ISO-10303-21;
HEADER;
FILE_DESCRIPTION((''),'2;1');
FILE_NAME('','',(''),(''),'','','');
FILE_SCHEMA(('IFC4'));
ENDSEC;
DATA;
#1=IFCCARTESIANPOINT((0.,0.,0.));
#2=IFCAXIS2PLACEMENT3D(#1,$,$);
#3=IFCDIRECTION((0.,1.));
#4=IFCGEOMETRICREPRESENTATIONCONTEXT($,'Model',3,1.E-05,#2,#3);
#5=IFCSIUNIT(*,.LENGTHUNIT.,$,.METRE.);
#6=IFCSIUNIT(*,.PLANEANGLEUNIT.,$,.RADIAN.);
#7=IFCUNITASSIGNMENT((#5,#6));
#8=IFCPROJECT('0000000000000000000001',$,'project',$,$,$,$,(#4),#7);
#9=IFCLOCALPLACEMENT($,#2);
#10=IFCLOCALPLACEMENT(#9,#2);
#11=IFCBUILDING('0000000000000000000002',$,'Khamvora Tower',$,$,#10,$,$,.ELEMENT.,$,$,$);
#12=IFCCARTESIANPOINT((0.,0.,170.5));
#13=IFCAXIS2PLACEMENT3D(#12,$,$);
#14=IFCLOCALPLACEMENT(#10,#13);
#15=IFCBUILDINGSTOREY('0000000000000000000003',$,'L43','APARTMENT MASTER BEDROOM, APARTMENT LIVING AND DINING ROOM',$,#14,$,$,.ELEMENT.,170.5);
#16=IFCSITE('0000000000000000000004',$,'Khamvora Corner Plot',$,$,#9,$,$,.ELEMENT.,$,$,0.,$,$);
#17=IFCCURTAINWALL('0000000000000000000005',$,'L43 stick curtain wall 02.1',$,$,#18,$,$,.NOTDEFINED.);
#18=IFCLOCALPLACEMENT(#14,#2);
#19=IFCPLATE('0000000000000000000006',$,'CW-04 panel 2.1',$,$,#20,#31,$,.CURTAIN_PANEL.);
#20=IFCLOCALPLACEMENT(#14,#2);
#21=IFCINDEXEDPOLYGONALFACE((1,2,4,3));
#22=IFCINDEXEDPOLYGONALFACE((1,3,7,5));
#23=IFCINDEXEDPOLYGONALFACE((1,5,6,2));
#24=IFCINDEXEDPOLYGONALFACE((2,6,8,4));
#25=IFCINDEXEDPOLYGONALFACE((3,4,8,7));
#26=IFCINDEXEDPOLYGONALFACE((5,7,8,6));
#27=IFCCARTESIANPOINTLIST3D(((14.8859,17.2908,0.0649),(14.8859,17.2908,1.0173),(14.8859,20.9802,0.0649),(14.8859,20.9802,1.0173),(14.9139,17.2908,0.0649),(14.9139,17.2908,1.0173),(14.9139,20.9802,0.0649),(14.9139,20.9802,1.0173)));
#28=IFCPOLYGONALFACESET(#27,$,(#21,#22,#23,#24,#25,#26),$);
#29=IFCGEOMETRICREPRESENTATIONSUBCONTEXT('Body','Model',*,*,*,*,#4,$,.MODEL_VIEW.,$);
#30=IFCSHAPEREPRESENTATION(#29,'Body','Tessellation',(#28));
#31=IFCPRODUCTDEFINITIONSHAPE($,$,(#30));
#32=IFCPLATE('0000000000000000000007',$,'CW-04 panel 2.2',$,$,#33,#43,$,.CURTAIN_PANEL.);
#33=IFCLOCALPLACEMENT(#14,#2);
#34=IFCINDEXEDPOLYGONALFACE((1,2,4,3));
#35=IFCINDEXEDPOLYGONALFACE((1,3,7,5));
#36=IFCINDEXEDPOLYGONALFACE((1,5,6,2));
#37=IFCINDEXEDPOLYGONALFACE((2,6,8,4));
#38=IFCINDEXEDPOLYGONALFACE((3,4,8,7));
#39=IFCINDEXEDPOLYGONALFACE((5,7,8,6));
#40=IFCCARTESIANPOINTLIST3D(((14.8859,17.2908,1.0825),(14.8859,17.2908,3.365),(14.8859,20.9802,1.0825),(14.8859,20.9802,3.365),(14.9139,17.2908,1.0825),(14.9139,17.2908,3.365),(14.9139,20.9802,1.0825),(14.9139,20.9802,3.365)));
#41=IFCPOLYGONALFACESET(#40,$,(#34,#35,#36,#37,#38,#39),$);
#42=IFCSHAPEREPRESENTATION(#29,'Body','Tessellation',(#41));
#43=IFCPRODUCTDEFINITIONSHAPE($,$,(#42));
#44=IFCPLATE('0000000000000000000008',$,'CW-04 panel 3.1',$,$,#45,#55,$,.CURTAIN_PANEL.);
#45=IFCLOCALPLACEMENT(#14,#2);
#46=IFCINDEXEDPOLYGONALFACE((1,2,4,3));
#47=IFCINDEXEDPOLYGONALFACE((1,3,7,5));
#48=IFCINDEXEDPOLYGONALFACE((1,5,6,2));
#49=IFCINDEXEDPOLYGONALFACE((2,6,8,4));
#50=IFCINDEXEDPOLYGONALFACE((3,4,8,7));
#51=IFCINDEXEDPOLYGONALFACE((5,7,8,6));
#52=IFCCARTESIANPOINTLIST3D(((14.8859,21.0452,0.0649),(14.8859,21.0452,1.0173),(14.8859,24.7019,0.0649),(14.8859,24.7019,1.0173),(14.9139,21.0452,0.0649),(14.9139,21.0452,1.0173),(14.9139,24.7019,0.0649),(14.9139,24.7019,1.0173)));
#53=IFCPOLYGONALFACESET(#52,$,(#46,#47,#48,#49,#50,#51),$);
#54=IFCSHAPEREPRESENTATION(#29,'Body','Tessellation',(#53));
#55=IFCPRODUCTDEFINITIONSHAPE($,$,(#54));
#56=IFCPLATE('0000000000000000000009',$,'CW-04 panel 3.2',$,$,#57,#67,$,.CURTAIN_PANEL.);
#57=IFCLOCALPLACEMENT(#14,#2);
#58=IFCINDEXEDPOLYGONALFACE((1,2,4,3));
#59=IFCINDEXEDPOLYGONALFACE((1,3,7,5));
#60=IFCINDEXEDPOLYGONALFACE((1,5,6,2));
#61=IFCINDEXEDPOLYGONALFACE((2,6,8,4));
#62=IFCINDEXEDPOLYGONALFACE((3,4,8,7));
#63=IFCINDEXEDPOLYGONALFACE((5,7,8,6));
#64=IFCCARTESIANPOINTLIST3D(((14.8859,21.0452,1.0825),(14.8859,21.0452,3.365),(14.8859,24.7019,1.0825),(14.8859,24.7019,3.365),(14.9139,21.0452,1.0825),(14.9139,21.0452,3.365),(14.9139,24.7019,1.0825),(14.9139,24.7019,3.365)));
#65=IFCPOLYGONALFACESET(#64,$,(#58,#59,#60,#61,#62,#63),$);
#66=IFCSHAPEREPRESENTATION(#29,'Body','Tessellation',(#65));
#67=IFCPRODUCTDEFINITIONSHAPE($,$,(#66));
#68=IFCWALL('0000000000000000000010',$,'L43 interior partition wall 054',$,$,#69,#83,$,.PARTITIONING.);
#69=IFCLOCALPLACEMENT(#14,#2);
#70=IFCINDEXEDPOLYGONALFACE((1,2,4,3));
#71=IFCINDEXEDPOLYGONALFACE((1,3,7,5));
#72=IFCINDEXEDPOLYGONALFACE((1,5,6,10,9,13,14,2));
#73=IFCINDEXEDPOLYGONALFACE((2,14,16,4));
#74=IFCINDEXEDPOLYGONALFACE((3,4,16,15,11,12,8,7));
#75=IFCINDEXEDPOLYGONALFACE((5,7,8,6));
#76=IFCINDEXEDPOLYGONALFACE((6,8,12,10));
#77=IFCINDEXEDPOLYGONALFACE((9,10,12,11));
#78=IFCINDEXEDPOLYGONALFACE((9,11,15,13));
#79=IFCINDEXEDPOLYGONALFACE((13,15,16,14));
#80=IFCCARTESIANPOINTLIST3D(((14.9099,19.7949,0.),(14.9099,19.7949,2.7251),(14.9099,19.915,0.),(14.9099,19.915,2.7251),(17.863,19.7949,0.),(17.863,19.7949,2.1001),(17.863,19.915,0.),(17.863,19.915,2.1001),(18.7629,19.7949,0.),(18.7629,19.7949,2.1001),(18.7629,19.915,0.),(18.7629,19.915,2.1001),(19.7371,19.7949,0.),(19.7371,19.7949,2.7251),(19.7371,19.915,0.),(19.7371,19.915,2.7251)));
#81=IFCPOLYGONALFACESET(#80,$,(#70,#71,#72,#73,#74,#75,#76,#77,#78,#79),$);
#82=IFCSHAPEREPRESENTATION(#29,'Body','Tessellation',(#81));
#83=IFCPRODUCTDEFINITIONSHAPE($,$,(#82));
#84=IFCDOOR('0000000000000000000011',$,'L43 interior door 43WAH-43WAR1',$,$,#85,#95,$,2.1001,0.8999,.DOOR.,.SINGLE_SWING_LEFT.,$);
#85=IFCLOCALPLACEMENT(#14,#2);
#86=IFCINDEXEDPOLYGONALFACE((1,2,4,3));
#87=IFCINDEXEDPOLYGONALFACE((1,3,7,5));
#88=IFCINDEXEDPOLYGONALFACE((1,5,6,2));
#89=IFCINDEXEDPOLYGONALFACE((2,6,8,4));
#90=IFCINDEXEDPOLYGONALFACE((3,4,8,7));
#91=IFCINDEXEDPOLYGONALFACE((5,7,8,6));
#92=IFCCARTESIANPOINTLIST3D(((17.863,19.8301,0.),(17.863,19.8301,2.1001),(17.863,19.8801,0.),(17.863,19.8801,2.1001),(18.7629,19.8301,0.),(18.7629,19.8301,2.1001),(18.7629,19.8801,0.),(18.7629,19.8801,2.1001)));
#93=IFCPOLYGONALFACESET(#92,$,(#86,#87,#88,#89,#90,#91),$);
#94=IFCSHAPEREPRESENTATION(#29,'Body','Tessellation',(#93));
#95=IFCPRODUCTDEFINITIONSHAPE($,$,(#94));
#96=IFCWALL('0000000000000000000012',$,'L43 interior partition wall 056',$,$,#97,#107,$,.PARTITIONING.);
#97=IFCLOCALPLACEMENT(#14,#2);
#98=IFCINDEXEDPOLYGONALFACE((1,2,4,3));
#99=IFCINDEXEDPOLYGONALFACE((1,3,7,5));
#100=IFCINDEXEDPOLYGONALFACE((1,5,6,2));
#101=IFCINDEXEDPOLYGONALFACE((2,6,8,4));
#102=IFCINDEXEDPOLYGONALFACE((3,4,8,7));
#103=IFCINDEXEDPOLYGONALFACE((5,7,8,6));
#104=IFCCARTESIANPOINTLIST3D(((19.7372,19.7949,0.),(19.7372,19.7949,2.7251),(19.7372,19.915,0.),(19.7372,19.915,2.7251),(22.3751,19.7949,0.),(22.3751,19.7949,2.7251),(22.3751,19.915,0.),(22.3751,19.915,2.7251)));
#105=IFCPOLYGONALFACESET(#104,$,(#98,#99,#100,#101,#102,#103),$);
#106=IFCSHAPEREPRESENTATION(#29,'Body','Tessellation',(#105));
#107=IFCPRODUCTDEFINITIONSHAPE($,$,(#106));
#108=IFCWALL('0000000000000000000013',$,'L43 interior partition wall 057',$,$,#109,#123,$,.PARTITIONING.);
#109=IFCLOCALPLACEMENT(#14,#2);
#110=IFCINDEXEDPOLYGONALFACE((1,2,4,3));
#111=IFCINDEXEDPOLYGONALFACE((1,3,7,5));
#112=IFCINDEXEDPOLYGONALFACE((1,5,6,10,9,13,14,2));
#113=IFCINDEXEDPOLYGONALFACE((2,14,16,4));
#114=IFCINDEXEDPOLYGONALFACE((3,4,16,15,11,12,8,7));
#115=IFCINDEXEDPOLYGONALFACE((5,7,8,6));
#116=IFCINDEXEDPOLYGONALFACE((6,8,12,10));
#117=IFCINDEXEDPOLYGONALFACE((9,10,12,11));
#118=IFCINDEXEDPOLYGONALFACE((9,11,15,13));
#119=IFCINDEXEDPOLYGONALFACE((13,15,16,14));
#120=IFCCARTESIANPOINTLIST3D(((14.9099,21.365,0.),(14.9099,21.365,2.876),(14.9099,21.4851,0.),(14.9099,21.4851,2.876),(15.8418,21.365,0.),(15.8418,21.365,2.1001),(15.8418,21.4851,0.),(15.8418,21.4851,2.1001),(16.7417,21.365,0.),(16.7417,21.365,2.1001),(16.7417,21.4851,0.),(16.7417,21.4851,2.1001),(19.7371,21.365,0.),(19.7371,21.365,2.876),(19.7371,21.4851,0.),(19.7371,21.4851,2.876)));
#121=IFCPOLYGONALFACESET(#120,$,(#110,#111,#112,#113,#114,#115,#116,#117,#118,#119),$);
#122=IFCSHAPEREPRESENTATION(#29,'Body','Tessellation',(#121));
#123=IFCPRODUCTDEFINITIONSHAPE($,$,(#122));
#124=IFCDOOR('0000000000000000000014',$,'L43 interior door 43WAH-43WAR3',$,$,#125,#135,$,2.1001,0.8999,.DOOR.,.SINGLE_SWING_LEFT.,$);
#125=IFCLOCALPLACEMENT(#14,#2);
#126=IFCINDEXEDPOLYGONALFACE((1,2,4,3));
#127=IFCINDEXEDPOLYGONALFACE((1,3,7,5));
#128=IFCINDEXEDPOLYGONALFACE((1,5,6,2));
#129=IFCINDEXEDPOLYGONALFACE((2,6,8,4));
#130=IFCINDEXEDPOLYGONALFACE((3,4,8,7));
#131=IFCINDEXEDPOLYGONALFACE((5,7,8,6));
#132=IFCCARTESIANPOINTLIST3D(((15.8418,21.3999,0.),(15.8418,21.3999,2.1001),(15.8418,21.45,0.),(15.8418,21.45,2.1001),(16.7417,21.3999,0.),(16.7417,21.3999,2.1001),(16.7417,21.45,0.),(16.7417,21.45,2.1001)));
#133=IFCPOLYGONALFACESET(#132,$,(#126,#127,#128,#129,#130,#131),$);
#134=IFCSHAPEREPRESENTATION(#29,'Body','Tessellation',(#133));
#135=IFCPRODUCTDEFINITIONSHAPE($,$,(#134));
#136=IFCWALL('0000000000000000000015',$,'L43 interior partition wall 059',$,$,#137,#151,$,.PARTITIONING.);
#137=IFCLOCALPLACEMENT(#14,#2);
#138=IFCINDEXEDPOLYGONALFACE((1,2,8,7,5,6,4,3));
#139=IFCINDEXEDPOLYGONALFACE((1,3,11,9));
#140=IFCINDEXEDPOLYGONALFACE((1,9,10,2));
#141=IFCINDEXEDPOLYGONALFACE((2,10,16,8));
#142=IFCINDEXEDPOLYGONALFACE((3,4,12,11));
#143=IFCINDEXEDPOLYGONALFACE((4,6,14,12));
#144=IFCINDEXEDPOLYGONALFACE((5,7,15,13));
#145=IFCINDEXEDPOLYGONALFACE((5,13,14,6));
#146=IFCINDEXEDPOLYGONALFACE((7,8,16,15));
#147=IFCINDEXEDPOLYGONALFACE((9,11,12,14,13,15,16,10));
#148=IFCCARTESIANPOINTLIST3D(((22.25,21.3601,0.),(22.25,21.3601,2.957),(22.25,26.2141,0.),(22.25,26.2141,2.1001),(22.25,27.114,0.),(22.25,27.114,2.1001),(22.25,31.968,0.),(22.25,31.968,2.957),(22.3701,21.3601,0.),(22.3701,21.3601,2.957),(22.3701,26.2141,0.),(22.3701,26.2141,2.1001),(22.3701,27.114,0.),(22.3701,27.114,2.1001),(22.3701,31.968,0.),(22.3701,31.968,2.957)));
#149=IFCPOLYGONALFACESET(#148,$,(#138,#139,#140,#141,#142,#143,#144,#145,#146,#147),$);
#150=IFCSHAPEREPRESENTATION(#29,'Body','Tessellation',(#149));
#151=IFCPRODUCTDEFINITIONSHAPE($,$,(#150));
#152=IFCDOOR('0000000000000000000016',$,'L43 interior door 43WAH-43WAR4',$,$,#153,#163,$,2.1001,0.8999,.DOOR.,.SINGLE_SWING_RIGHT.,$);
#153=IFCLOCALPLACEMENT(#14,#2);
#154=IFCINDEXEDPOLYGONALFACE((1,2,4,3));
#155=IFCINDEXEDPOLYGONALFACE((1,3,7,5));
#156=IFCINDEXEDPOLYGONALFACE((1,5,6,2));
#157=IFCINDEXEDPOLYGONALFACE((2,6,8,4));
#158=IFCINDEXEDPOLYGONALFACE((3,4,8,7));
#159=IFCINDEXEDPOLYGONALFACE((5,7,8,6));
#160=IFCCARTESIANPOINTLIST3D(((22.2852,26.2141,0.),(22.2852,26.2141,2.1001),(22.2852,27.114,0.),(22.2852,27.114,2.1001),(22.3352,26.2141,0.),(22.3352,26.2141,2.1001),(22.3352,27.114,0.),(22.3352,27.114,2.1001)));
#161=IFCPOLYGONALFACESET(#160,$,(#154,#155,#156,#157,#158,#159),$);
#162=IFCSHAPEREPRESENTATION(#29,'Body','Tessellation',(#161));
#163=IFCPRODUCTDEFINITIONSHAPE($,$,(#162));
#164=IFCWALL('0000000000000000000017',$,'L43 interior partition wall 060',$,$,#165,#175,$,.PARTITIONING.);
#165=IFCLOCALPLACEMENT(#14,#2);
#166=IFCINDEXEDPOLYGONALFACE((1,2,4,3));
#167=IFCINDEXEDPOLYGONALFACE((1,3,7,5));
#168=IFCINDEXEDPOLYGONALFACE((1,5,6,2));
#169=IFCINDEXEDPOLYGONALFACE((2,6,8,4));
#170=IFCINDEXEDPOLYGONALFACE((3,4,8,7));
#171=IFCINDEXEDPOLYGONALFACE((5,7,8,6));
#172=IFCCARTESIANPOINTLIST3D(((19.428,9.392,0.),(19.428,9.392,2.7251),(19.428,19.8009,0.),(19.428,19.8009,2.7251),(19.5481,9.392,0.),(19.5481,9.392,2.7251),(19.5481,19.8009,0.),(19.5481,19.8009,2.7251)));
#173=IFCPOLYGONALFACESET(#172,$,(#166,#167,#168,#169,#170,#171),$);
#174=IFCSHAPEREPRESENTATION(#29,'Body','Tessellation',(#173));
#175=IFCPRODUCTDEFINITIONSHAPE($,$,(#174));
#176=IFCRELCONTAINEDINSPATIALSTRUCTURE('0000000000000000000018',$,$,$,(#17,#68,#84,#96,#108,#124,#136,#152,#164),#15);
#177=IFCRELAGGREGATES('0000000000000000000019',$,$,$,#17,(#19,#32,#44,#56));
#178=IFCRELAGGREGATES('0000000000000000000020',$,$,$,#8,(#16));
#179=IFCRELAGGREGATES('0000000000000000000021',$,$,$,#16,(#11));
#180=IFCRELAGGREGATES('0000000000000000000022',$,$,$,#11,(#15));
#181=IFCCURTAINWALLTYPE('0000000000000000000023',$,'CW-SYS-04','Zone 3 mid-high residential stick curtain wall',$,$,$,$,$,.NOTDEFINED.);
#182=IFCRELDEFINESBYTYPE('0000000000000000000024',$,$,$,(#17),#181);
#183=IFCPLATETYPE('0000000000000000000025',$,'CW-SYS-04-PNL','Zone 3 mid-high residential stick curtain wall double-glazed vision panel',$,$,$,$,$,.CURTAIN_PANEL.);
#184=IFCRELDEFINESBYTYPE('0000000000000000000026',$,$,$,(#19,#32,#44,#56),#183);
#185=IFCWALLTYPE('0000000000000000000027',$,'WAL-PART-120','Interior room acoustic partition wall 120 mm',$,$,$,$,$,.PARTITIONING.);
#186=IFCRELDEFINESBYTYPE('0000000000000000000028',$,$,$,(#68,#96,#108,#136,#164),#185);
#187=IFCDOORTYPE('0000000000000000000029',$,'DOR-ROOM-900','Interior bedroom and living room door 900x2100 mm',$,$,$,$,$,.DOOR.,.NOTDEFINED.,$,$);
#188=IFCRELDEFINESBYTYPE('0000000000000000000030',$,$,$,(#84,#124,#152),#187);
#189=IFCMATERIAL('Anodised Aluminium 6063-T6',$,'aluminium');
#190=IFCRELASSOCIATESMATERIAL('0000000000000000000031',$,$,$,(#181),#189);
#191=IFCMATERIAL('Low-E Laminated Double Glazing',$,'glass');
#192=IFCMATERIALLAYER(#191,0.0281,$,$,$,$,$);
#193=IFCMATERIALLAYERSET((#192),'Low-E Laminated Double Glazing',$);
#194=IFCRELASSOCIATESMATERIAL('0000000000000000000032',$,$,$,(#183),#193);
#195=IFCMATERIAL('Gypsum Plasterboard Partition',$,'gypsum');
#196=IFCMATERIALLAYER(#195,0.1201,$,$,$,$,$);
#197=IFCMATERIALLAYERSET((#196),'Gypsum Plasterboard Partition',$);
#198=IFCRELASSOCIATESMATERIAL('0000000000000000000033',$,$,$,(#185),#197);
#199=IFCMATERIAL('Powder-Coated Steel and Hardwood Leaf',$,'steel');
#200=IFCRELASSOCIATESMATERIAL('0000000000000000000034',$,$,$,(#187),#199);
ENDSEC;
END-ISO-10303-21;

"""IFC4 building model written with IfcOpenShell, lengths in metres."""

from ifc_helpers import new_model, si_unit, direction, frame, frame_2d, origin, origin_2d, place, context, subcontext, project, spatial, rectangle, extrude, material, layer, layer_set, type_object, element, fill, aggregate, save


model = new_model("IFC4")

# Units and contexts
model_context = context("Model", 3, precision=1e-05, world=origin(), true_north=direction((0.0, 1.0)))
body_context = subcontext(model_context, "Body", "Model", "MODEL_VIEW")
ifc_project = project(units=[si_unit("LENGTHUNIT", "METRE"), si_unit("PLANEANGLEUNIT", "RADIAN")], contexts=[model_context])

# Site, building, storey
site_placement = place(None, origin())
site = spatial("IfcSite", under=ifc_project, at=site_placement, Name="Khamvora Corner Plot", CompositionType="ELEMENT", RefElevation=0.0)
building_placement = place(site_placement, origin())
building = spatial("IfcBuilding", under=site, at=building_placement, Name="Khamvora Tower", CompositionType="ELEMENT")
storey_placement = place(building_placement, frame((0.0, 0.0, 170.5)))
storey = spatial("IfcBuildingStorey", under=building, at=storey_placement, Name="L43", Description="APARTMENT MASTER BEDROOM, APARTMENT LIVING AND DINING ROOM", CompositionType="ELEMENT", Elevation=170.5)

# Curtain wall, plates
ifc_material_1 = material(Name="Anodised Aluminium 6063-T6", Category="aluminium")
curtain_wall_type = type_object("IfcCurtainWallType", Name="CW-SYS-04", Description="Zone 3 mid-high residential stick curtain wall", PredefinedType="NOTDEFINED", material=ifc_material_1)
curtain_wall_placement = place(storey_placement, origin())
curtain_wall = element("IfcCurtainWall", 1, at=curtain_wall_placement, inside=storey, type_object=curtain_wall_type, Name="L43 stick curtain wall 02.1", PredefinedType="NOTDEFINED")
ifc_material_2 = material(Name="Low-E Laminated Double Glazing", Category="glass")
ifc_layer_1 = layer(ifc_material_2, 0.0281)
ifc_layer_set_1 = layer_set([ifc_layer_1], Name="Low-E Laminated Double Glazing")
plate_type = type_object("IfcPlateType", Name="CW-SYS-04-PNL", Description="Zone 3 mid-high residential stick curtain wall double-glazed vision panel", PredefinedType="CURTAIN_PANEL", material=ifc_layer_set_1)
plate_1_placement = place(storey_placement, frame((14.8999, 19.1355, 0.0649), z_axis=(0.0, 0.0, 1.0), x_axis=(0.0, 1.0, 0.0)))
plate_1 = element("IfcPlate", 2, at=plate_1_placement, type_object=plate_type, Name="CW-04 panel 2.1", PredefinedType="CURTAIN_PANEL", context=body_context, shape_type="SweptSolid", body=[
    extrude(rectangle(XDim=3.6895, YDim=0.0281, at=origin_2d()), origin(), (0.0, 0.0, 1.0), 0.9524),
])
plate_2_placement = place(storey_placement, frame((14.8999, 19.1355, 1.0825), z_axis=(0.0, 0.0, 1.0), x_axis=(0.0, 1.0, 0.0)))
plate_2 = element("IfcPlate", 3, at=plate_2_placement, type_object=plate_type, Name="CW-04 panel 2.2", PredefinedType="CURTAIN_PANEL", context=body_context, shape_type="SweptSolid", body=[
    extrude(rectangle(XDim=3.6895, YDim=0.0281, at=origin_2d()), origin(), (0.0, 0.0, 1.0), 2.2825),
])
plate_3_placement = place(storey_placement, frame((14.8999, 22.8735, 0.0649), z_axis=(0.0, 0.0, 1.0), x_axis=(0.0, 1.0, 0.0)))
plate_3 = element("IfcPlate", 4, at=plate_3_placement, type_object=plate_type, Name="CW-04 panel 3.1", PredefinedType="CURTAIN_PANEL", context=body_context, shape_type="SweptSolid", body=[
    extrude(rectangle(XDim=3.6567, YDim=0.0281, at=origin_2d()), origin(), (0.0, 0.0, 1.0), 0.9524),
])
plate_4_placement = place(storey_placement, frame((14.8999, 22.8735, 1.0825), z_axis=(0.0, 0.0, 1.0), x_axis=(0.0, 1.0, 0.0)))
plate_4 = element("IfcPlate", 5, at=plate_4_placement, type_object=plate_type, Name="CW-04 panel 3.2", PredefinedType="CURTAIN_PANEL", context=body_context, shape_type="SweptSolid", body=[
    extrude(rectangle(XDim=3.6567, YDim=0.0281, at=origin_2d()), origin(), (0.0, 0.0, 1.0), 2.2825),
])
aggregate(curtain_wall, [plate_1, plate_2, plate_3, plate_4])

# Wall, opening, door
ifc_material_3 = material(Name="Gypsum Plasterboard Partition", Category="gypsum")
ifc_layer_2 = layer(ifc_material_3, 0.1201)
ifc_layer_set_2 = layer_set([ifc_layer_2], Name="Gypsum Plasterboard Partition")
wall_type_1 = type_object("IfcWallType", Name="WAL-PART-120", Description="Interior room acoustic partition wall 120 mm", PredefinedType="PARTITIONING", material=ifc_layer_set_2)
wall_1_placement = place(storey_placement, frame((19.7371, 19.855, 0.0), z_axis=(0.0, 0.0, 1.0), x_axis=(-1.0, 0.0, 0.0)))
wall_1 = element("IfcWall", 6, at=wall_1_placement, inside=storey, type_object=wall_type_1, Name="L43 interior partition wall 054", PredefinedType="PARTITIONING", context=body_context, shape_type="SweptSolid", body=[
    extrude(rectangle(XDim=4.8271, YDim=0.1201, at=frame_2d((2.4136, 0.0))), origin(), (0.0, 0.0, 1.0), 2.7251),
])
opening_1_placement = place(wall_1_placement, frame((0.9741, 0.0, 0.0)))
opening_1 = element("IfcOpeningElement", 7, at=opening_1_placement, cuts=wall_1, PredefinedType="OPENING", context=body_context, shape_type="SweptSolid", body=[
    extrude(rectangle(XDim=0.8999, YDim=2.1001, at=frame_2d((0.45, 1.05))), frame((0.0, 0.0701, 0.0), z_axis=(0.0, -1.0, 0.0), x_axis=(1.0, 0.0, 0.0)), (0.0, 0.0, 1.0), 0.1401),
])
ifc_material_4 = material(Name="Powder-Coated Steel and Hardwood Leaf", Category="steel")
door_type = type_object("IfcDoorType", Name="DOR-ROOM-900", Description="Interior bedroom and living room door 900x2100 mm", OperationType="NOTDEFINED", PredefinedType="DOOR", material=ifc_material_4)
door_1_placement = place(opening_1_placement, origin())
door_1 = element("IfcDoor", 8, at=door_1_placement, inside=storey, type_object=door_type, Name="L43 interior door 43WAH-43WAR1", OperationType="SINGLE_SWING_LEFT", OverallHeight=2.1001, OverallWidth=0.8999, PredefinedType="DOOR", context=body_context, shape_type="SweptSolid", body=[
    extrude(rectangle(XDim=0.8999, YDim=2.1001, at=frame_2d((0.45, 1.05))), frame((0.0, 0.0249, 0.0), z_axis=(0.0, -1.0, 0.0), x_axis=(1.0, 0.0, 0.0)), (0.0, 0.0, 1.0), 0.05),
])
fill(opening_1, door_1)

# Wall
wall_2_placement = place(storey_placement, frame((22.375, 19.855, 0.0), z_axis=(0.0, 0.0, 1.0), x_axis=(-1.0, 0.0, 0.0)))
element("IfcWall", 9, at=wall_2_placement, inside=storey, type_object=wall_type_1, Name="L43 interior partition wall 056", PredefinedType="PARTITIONING", context=body_context, shape_type="SweptSolid", body=[
    extrude(rectangle(XDim=2.6379, YDim=0.1201, at=frame_2d((1.3188, 0.0))), origin(), (0.0, 0.0, 1.0), 2.7251),
])

# Wall, opening, door
wall_3_placement = place(storey_placement, frame((14.9099, 21.425, 0.0), z_axis=(0.0, 0.0, 1.0), x_axis=(1.0, 0.0, 0.0)))
wall_3 = element("IfcWall", 10, at=wall_3_placement, inside=storey, type_object=wall_type_1, Name="L43 interior partition wall 057", PredefinedType="PARTITIONING", context=body_context, shape_type="SweptSolid", body=[
    extrude(rectangle(XDim=4.8271, YDim=0.1201, at=frame_2d((2.4136, 0.0))), origin(), (0.0, 0.0, 1.0), 2.876),
])
opening_2_placement = place(wall_3_placement, frame((0.9319, 0.0, 0.0)))
opening_2 = element("IfcOpeningElement", 11, at=opening_2_placement, cuts=wall_3, PredefinedType="OPENING", context=body_context, shape_type="SweptSolid", body=[
    extrude(rectangle(XDim=0.8999, YDim=2.1001, at=frame_2d((0.45, 1.05))), frame((0.0, 0.0701, 0.0), z_axis=(0.0, -1.0, 0.0), x_axis=(1.0, 0.0, 0.0)), (0.0, 0.0, 1.0), 0.1401),
])
door_2_placement = place(opening_2_placement, origin())
door_2 = element("IfcDoor", 12, at=door_2_placement, inside=storey, type_object=door_type, Name="L43 interior door 43WAH-43WAR3", OperationType="SINGLE_SWING_LEFT", OverallHeight=2.1001, OverallWidth=0.8999, PredefinedType="DOOR", context=body_context, shape_type="SweptSolid", body=[
    extrude(rectangle(XDim=0.8999, YDim=2.1001, at=frame_2d((0.45, 1.05))), frame((0.0, 0.0249, 0.0), z_axis=(0.0, -1.0, 0.0), x_axis=(1.0, 0.0, 0.0)), (0.0, 0.0, 1.0), 0.05),
])
fill(opening_2, door_2)

# Wall, opening, door
wall_4_placement = place(storey_placement, frame((22.3101, 21.3601, 0.0), z_axis=(0.0, 0.0, 1.0), x_axis=(0.0, 1.0, 0.0)))
wall_4 = element("IfcWall", 13, at=wall_4_placement, inside=storey, type_object=wall_type_1, Name="L43 interior partition wall 059", PredefinedType="PARTITIONING", context=body_context, shape_type="SweptSolid", body=[
    extrude(rectangle(XDim=10.6079, YDim=0.1201, at=frame_2d((5.304, 0.0))), origin(), (0.0, 0.0, 1.0), 2.957),
])
opening_3_placement = place(wall_4_placement, frame((4.854, 0.0, 0.0)))
opening_3 = element("IfcOpeningElement", 14, at=opening_3_placement, cuts=wall_4, PredefinedType="OPENING", context=body_context, shape_type="SweptSolid", body=[
    extrude(rectangle(XDim=0.8999, YDim=2.1001, at=frame_2d((0.45, 1.05))), frame((0.0, 0.0701, 0.0), z_axis=(0.0, -1.0, 0.0), x_axis=(1.0, 0.0, 0.0)), (0.0, 0.0, 1.0), 0.1401),
])
door_3_placement = place(opening_3_placement, origin())
door_3 = element("IfcDoor", 15, at=door_3_placement, inside=storey, type_object=door_type, Name="L43 interior door 43WAH-43WAR4", OperationType="SINGLE_SWING_RIGHT", OverallHeight=2.1001, OverallWidth=0.8999, PredefinedType="DOOR", context=body_context, shape_type="SweptSolid", body=[
    extrude(rectangle(XDim=0.8999, YDim=2.1001, at=frame_2d((0.45, 1.05))), frame((0.0, 0.0249, 0.0), z_axis=(0.0, -1.0, 0.0), x_axis=(1.0, 0.0, 0.0)), (0.0, 0.0, 1.0), 0.05),
])
fill(opening_3, door_3)

# Wall
wall_5_placement = place(storey_placement, frame((19.488, 19.801, 0.0), z_axis=(0.0, 0.0, 1.0), x_axis=(0.0, -1.0, 0.0)))
element("IfcWall", 16, at=wall_5_placement, inside=storey, type_object=wall_type_1, Name="L43 interior partition wall 060", PredefinedType="PARTITIONING", context=body_context, shape_type="SweptSolid", body=[
    extrude(rectangle(XDim=10.4089, YDim=0.1201, at=frame_2d((5.2046, 0.0))), origin(), (0.0, 0.0, 1.0), 2.7251),
])

save(model, "model.ifc")
